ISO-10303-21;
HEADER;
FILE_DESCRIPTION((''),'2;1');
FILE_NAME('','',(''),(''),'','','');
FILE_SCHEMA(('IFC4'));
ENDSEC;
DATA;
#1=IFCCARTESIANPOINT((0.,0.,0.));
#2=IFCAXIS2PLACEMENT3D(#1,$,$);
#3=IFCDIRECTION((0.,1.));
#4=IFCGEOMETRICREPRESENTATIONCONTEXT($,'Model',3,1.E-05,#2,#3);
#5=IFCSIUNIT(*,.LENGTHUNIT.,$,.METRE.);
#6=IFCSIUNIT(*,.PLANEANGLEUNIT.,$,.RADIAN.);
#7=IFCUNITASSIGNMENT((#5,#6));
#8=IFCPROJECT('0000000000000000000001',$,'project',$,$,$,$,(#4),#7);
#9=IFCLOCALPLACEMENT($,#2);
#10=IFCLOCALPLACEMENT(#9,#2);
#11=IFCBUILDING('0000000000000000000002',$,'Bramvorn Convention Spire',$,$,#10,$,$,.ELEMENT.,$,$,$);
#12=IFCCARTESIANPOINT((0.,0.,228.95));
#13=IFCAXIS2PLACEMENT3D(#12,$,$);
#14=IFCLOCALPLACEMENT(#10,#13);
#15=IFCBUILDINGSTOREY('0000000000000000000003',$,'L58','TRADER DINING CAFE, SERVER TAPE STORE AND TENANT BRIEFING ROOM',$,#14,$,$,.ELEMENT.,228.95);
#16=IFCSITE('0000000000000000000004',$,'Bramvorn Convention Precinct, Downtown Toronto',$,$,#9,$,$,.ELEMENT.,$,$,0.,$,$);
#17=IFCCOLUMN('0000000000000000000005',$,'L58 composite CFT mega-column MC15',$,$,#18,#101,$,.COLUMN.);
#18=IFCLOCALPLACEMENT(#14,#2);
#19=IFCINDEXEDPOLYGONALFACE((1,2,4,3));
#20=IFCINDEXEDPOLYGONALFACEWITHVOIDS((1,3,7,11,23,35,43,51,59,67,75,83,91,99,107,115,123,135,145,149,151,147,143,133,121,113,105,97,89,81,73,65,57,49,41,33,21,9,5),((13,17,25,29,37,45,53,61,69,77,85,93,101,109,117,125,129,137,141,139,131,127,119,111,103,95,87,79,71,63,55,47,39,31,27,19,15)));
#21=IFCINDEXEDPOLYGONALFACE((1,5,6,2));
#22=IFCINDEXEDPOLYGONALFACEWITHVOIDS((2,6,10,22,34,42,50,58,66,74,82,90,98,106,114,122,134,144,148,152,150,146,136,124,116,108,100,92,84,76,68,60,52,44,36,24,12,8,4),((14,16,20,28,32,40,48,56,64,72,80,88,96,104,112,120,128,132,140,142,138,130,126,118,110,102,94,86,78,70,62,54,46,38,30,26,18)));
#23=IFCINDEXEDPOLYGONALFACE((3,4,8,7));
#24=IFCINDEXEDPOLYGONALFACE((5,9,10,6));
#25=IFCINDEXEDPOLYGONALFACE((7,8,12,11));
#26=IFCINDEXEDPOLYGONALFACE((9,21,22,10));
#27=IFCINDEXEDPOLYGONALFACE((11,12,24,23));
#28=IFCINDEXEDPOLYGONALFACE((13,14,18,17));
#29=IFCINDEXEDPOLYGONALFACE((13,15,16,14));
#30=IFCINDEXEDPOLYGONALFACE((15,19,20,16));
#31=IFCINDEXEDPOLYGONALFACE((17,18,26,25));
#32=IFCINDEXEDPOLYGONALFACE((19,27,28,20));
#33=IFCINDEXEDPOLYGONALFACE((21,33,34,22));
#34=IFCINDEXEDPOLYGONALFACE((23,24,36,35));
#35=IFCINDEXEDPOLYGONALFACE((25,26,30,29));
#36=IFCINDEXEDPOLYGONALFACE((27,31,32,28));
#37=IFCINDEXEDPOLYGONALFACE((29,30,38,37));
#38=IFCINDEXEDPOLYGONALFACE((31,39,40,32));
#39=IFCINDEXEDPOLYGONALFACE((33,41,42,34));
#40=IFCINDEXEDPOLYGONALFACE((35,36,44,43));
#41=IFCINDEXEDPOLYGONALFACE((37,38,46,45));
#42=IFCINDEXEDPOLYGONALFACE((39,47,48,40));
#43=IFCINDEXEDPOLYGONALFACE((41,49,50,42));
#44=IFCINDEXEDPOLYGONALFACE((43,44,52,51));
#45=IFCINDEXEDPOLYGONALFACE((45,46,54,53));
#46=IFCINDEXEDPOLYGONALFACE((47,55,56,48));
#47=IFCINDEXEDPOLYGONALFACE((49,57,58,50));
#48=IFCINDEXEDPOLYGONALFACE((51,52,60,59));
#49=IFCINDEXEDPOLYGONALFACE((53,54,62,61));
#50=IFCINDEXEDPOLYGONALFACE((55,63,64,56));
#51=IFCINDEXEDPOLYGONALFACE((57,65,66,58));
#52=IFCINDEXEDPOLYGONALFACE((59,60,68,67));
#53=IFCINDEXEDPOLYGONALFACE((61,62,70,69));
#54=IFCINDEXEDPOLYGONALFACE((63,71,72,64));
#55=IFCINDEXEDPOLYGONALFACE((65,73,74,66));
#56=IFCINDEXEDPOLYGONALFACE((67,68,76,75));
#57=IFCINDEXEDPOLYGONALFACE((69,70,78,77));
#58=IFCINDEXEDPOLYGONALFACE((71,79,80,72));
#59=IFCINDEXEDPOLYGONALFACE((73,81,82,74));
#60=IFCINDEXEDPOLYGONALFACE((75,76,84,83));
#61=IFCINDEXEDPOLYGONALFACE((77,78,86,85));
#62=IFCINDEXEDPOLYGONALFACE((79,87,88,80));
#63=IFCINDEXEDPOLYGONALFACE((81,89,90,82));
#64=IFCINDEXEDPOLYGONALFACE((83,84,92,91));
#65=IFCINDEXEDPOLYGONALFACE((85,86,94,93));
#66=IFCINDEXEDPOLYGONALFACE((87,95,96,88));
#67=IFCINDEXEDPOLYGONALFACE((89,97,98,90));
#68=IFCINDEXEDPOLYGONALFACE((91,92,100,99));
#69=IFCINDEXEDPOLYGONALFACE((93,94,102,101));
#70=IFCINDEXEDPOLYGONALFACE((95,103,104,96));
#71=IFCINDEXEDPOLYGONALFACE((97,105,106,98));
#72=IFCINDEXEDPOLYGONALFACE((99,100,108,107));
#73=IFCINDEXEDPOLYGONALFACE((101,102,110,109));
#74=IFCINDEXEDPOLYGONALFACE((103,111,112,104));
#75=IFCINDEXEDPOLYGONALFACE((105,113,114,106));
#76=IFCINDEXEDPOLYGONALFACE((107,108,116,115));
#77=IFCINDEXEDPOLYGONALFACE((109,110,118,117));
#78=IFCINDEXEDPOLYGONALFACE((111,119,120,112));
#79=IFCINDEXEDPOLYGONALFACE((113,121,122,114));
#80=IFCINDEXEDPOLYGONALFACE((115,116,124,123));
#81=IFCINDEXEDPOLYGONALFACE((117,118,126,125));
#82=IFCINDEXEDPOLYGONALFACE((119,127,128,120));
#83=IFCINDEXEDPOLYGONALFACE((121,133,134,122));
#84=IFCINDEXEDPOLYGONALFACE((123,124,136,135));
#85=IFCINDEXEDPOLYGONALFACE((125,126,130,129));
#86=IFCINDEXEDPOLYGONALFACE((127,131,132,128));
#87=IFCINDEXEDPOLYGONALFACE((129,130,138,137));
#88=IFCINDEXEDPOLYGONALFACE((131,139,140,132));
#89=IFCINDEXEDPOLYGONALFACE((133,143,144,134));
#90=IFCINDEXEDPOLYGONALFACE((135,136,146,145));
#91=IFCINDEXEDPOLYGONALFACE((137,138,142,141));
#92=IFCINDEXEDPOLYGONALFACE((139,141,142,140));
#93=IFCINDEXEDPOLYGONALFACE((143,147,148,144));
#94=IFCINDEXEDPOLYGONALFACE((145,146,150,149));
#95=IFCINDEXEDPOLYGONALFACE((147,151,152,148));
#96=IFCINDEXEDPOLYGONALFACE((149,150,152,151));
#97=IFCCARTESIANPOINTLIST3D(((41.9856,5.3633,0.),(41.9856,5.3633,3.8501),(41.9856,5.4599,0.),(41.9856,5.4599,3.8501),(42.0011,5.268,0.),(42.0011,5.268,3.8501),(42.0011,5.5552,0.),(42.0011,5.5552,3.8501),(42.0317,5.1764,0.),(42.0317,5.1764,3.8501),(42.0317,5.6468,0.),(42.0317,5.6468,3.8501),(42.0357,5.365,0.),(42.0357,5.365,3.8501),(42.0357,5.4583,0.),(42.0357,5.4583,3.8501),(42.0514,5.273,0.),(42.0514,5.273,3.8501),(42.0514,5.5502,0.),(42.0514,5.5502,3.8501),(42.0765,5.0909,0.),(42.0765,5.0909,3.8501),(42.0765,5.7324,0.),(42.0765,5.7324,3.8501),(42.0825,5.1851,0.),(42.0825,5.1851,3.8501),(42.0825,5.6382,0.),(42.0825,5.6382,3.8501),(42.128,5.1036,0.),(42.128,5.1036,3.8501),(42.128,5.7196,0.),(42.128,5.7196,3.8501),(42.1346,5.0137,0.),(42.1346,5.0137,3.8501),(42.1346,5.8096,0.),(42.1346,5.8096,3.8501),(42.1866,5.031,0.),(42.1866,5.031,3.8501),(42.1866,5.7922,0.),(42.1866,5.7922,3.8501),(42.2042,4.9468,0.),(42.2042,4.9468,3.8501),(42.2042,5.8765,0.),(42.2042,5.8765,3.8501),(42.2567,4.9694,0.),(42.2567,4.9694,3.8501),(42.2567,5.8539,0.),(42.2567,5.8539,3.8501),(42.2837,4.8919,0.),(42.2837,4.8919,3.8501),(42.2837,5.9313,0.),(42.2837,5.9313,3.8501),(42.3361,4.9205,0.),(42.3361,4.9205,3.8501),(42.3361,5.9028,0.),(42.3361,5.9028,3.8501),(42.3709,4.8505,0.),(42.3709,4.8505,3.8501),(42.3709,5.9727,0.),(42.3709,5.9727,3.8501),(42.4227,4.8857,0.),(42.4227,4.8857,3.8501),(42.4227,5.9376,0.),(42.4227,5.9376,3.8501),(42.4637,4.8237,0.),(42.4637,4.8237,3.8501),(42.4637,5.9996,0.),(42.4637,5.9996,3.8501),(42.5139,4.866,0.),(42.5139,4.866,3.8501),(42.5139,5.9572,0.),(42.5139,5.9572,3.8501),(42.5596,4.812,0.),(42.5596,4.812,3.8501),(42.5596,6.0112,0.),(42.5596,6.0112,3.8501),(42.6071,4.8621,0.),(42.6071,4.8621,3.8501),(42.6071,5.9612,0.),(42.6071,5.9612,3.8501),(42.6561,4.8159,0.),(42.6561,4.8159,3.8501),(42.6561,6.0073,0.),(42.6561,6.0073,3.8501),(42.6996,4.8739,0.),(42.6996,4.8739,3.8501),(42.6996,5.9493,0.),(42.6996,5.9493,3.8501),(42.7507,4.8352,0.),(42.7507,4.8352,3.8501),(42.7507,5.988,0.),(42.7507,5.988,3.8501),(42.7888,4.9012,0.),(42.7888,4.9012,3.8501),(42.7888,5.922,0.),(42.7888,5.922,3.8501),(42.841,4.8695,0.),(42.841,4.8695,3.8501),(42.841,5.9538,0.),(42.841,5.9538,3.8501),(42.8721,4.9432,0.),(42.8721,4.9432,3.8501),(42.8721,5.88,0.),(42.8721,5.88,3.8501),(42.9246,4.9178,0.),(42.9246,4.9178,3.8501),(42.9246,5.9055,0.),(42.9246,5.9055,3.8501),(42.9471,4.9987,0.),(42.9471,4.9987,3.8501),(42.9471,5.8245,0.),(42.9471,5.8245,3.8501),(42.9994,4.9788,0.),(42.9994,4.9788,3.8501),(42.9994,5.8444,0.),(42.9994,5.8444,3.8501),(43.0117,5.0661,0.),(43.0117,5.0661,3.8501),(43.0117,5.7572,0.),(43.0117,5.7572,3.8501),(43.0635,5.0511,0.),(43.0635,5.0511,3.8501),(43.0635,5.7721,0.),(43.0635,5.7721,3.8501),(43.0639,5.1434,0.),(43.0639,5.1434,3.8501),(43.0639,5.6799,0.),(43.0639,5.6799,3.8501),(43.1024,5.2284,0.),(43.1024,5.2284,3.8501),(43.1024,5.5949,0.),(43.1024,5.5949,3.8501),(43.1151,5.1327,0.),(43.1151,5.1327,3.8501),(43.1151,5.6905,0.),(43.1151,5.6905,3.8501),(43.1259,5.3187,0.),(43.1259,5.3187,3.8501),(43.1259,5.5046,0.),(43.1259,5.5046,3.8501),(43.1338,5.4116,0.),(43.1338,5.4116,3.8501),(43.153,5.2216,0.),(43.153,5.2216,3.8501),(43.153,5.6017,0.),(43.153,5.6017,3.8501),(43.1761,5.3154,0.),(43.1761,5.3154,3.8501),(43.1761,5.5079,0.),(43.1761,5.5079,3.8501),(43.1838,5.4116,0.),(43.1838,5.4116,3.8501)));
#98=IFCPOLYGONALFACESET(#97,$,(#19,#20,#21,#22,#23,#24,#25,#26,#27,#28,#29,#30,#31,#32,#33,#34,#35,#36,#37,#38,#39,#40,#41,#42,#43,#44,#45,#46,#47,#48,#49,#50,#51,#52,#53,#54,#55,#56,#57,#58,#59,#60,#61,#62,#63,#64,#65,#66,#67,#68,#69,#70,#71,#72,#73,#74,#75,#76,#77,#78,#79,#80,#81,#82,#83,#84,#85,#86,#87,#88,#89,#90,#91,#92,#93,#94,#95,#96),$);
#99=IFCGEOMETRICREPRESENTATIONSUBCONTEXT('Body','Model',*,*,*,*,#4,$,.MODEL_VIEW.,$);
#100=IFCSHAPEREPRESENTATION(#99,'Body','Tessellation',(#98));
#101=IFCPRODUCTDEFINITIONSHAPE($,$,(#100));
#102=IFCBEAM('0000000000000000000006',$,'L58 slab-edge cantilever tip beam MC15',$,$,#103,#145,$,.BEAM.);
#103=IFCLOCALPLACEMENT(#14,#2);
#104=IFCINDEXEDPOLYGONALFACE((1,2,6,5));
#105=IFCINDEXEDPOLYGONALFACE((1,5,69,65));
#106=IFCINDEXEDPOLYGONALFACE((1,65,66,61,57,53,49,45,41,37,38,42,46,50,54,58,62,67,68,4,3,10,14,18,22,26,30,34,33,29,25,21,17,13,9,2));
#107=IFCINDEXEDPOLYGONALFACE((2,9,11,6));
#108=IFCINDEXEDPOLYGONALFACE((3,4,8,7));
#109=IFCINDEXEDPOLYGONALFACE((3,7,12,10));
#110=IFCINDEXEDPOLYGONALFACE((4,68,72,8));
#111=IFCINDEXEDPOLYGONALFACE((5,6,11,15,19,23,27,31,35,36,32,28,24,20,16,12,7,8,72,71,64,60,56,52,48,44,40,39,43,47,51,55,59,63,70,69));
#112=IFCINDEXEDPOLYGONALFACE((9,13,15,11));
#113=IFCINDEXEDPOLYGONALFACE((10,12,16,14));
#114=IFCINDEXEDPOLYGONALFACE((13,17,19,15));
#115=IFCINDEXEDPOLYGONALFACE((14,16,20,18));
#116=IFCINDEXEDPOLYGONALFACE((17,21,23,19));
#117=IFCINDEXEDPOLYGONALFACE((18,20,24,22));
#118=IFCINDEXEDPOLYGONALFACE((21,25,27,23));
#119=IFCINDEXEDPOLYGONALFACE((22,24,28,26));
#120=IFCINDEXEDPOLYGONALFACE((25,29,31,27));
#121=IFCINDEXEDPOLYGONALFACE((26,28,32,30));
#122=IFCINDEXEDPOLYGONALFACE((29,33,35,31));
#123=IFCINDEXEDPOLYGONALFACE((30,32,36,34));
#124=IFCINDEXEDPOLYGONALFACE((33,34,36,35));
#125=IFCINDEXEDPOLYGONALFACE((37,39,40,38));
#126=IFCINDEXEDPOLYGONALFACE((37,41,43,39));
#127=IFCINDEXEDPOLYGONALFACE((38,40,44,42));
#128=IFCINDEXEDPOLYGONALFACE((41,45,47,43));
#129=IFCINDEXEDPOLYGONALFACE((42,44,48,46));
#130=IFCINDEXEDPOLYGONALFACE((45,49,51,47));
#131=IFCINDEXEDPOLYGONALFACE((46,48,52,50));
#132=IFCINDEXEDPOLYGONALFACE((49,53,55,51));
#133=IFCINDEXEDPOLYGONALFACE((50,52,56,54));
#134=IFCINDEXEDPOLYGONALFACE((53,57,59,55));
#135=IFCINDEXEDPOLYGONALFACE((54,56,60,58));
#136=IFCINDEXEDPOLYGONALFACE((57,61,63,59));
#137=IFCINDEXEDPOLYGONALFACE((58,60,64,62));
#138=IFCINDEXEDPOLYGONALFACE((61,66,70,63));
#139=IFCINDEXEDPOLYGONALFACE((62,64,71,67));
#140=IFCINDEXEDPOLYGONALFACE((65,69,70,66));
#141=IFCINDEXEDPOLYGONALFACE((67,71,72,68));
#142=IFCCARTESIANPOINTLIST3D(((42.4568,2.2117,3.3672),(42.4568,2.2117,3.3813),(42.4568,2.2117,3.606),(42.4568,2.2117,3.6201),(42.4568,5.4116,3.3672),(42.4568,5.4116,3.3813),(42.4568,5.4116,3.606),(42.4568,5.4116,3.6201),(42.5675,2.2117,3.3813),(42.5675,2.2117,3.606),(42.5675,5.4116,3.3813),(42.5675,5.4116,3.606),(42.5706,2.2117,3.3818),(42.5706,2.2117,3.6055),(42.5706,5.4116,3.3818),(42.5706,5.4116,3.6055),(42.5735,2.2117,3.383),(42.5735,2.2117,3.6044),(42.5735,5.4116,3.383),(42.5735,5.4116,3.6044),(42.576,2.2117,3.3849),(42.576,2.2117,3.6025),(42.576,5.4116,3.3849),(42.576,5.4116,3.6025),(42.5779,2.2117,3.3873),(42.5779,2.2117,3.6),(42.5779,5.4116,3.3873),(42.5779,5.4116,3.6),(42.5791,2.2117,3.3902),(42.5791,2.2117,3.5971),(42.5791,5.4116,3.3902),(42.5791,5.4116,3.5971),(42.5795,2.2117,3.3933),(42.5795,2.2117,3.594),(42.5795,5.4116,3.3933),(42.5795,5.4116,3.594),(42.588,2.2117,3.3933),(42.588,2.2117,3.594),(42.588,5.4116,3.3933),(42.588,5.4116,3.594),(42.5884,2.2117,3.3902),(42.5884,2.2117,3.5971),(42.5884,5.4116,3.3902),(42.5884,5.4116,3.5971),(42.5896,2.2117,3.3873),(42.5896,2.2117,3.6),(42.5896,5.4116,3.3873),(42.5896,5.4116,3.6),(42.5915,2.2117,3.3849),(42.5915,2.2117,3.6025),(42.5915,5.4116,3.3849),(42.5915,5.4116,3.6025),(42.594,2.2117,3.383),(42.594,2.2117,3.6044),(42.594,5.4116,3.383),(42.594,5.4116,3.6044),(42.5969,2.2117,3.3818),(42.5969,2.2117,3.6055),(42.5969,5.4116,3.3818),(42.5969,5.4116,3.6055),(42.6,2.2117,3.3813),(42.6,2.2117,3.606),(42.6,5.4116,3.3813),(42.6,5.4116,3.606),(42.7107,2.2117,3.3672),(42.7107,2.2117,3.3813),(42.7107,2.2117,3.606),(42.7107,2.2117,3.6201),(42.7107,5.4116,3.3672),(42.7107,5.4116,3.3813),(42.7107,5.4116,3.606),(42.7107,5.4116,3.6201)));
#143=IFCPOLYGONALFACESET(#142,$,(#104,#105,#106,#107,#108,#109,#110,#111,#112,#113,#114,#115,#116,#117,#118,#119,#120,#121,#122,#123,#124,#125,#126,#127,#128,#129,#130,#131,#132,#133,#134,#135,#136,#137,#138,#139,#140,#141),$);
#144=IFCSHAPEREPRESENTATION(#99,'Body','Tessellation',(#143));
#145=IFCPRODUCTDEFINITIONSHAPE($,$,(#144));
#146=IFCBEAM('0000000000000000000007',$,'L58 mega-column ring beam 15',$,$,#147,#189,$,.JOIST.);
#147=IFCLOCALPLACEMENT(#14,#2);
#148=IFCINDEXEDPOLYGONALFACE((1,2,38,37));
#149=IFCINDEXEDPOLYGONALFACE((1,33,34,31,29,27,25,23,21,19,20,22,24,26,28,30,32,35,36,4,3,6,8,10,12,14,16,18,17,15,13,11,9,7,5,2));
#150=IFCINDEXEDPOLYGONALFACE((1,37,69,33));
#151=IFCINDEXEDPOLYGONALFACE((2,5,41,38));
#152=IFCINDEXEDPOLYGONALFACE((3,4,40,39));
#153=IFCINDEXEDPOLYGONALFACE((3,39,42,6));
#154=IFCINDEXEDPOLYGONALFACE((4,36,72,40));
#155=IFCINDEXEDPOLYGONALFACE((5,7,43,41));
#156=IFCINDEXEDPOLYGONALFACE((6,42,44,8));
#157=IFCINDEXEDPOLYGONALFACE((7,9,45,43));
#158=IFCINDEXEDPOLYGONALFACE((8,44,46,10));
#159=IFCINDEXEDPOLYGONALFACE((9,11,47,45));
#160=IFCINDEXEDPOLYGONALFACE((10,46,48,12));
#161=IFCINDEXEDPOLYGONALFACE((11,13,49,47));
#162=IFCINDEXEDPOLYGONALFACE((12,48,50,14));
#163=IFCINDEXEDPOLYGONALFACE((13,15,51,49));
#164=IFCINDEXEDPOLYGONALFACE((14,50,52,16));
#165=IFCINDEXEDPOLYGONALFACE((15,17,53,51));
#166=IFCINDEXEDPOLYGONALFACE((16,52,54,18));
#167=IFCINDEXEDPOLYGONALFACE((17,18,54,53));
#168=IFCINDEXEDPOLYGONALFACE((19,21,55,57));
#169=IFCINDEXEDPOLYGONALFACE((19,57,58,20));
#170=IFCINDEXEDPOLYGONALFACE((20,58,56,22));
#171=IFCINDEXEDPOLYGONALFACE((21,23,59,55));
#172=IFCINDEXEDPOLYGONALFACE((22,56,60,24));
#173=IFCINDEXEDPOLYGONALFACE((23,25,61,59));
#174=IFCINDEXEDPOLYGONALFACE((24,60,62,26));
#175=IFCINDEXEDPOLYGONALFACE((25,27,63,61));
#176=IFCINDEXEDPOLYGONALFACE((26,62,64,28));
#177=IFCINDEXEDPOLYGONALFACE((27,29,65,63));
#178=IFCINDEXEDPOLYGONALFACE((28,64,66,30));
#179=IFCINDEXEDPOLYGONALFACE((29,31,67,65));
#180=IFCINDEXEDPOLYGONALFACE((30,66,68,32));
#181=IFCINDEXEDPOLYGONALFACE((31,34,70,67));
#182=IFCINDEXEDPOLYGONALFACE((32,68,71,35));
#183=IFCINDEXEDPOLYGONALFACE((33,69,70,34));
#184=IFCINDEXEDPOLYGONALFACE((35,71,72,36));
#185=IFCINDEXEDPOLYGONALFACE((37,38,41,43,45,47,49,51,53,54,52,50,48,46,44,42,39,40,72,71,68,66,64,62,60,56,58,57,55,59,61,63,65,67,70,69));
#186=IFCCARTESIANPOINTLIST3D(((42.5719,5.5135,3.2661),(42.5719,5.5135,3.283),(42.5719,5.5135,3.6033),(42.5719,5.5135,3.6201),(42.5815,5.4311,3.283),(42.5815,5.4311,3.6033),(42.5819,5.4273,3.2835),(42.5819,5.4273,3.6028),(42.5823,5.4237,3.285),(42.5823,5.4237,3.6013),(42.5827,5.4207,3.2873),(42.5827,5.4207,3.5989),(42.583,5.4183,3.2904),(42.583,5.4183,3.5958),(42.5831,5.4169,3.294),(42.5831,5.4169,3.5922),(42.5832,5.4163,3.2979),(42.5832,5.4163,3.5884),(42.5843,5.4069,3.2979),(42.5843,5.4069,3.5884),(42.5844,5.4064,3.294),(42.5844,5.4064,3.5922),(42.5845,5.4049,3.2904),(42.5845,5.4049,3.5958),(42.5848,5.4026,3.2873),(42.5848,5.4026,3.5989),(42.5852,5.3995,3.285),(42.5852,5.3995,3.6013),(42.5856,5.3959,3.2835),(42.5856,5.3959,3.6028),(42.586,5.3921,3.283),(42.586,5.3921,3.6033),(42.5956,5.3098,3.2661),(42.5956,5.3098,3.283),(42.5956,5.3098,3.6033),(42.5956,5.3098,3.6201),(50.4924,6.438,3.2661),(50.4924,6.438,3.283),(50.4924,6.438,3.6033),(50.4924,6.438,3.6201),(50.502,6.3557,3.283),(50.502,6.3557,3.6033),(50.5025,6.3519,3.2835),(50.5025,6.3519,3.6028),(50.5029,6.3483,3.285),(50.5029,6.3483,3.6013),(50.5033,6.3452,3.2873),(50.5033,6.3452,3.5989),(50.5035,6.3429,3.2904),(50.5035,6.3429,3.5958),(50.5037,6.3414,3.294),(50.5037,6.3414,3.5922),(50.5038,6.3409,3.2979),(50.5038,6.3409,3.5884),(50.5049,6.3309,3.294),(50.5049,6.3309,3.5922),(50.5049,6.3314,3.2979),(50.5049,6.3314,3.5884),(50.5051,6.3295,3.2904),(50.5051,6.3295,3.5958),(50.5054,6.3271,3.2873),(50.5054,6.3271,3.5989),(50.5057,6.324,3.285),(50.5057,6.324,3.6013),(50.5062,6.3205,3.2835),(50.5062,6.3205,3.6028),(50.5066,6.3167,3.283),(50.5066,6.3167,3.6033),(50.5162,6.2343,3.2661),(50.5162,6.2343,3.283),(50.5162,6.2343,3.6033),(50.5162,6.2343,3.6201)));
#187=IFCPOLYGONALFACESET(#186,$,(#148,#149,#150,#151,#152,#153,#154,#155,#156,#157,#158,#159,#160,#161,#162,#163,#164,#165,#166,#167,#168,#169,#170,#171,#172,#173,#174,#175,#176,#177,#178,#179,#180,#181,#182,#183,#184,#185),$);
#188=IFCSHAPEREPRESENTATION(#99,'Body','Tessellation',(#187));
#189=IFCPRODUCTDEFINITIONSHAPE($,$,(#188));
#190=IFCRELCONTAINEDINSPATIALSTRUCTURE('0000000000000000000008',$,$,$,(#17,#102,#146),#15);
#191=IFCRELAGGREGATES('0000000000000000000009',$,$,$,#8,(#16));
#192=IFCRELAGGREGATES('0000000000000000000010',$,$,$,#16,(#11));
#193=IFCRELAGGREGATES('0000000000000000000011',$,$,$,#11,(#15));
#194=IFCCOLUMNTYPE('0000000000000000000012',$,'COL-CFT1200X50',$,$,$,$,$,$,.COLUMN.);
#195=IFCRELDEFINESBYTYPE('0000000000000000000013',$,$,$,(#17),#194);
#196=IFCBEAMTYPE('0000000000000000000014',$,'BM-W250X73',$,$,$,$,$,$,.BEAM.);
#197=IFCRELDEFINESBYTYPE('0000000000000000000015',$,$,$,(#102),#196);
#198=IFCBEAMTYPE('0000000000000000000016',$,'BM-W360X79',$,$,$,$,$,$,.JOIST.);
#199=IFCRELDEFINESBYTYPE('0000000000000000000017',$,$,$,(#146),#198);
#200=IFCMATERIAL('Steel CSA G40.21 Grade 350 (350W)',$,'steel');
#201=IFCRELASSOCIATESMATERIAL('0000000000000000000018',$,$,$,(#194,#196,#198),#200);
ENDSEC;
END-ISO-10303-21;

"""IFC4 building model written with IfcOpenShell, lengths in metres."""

from ifc_helpers import new_model, si_unit, direction, frame, origin, origin_2d, place, context, subcontext, project, spatial, hollow_circle, i_section, extrude, material, material_profile, profile_set, type_object, element, save


model = new_model("IFC4")

# Units and contexts
model_context = context("Model", 3, precision=1e-05, world=origin(), true_north=direction((0.0, 1.0)))
body_context = subcontext(model_context, "Body", "Model", "MODEL_VIEW")
ifc_project = project(units=[si_unit("LENGTHUNIT", "METRE"), si_unit("PLANEANGLEUNIT", "RADIAN")], contexts=[model_context])

# Site, building, storey
site_placement = place(None, origin())
site = spatial("IfcSite", under=ifc_project, at=site_placement, Name="Bramvorn Convention Precinct, Downtown Toronto", CompositionType="ELEMENT", RefElevation=0.0)
building_placement = place(site_placement, origin())
building = spatial("IfcBuilding", under=site, at=building_placement, Name="Bramvorn Convention Spire", CompositionType="ELEMENT")
storey_placement = place(building_placement, frame((0.0, 0.0, 228.95)))
storey = spatial("IfcBuildingStorey", under=building, at=storey_placement, Name="L58", Description="TRADER DINING CAFE, SERVER TAPE STORE AND TENANT BRIEFING ROOM", CompositionType="ELEMENT", Elevation=228.95)

# Column
ifc_material_1 = material(Name="Steel CSA G40.21 Grade 350 (350W)", Category="steel")
ifc_material_profile_1 = material_profile(ifc_material_1, hollow_circle(Radius=0.6001, WallThickness=0.05, at=origin_2d()))
ifc_profile_set_1 = profile_set([ifc_material_profile_1], Name="Steel CSA G40.21 Grade 350 (350W) - CFT1200X50")
column_type = type_object("IfcColumnType", Name="COL-CFT1200X50", PredefinedType="COLUMN", material=ifc_profile_set_1)
column_placement = place(storey_placement, frame((42.5837, 5.4116, 0.0), z_axis=(0.0, 0.0, 1.0), x_axis=(1.0, 0.0, 0.0)))
element("IfcColumn", 1, at=column_placement, inside=storey, type_object=column_type, Name="L58 composite CFT mega-column MC15", PredefinedType="COLUMN", context=body_context, shape_type="SweptSolid", body=[
    extrude(hollow_circle(Radius=0.6001, WallThickness=0.05, at=origin_2d()), origin(), (0.0, 0.0, 1.0), 3.8501),
])

# Beams
ifc_material_profile_2 = material_profile(ifc_material_1, i_section(OverallWidth=0.2539, OverallDepth=0.2529, WebThickness=0.0085, FlangeThickness=0.0142, FilletRadius=0.012, at=origin_2d()))
ifc_profile_set_2 = profile_set([ifc_material_profile_2], Name="Steel CSA G40.21 Grade 350 (350W) - W250X73")
beam_type_1 = type_object("IfcBeamType", Name="BM-W250X73", PredefinedType="BEAM", material=ifc_profile_set_2)
beam_1_placement = place(storey_placement, frame((42.5837, 5.4116, 3.4937), z_axis=(0.0, -1.0, 0.0), x_axis=(1.0, 0.0, 0.0)))
element("IfcBeam", 2, at=beam_1_placement, inside=storey, type_object=beam_type_1, Name="L58 slab-edge cantilever tip beam MC15", PredefinedType="BEAM", context=body_context, shape_type="SweptSolid", body=[
    extrude(i_section(OverallWidth=0.2539, OverallDepth=0.2529, WebThickness=0.0085, FlangeThickness=0.0142, FilletRadius=0.012, at=origin_2d()), origin(), (0.0, 0.0, 1.0), 3.2),
])
ifc_material_profile_3 = material_profile(ifc_material_1, i_section(OverallWidth=0.2051, OverallDepth=0.354, WebThickness=0.0095, FlangeThickness=0.0168, FilletRadius=0.0149, at=origin_2d()))
ifc_profile_set_3 = profile_set([ifc_material_profile_3], Name="Steel CSA G40.21 Grade 350 (350W) - W360X79")
beam_type_2 = type_object("IfcBeamType", Name="BM-W360X79", PredefinedType="JOIST", material=ifc_profile_set_3)
beam_2_placement = place(storey_placement, frame((42.5837, 5.4116, 3.4431), z_axis=(0.993256, 0.115941, 0.0), x_axis=(-0.115941, 0.993256, 0.0)))
element("IfcBeam", 3, at=beam_2_placement, inside=storey, type_object=beam_type_2, Name="L58 mega-column ring beam 15", PredefinedType="JOIST", context=body_context, shape_type="SweptSolid", body=[
    extrude(i_section(OverallWidth=0.2051, OverallDepth=0.354, WebThickness=0.0095, FlangeThickness=0.0168, FilletRadius=0.0149, at=origin_2d()), origin(), (0.0, 0.0, 1.0), 7.9744),
])

save(model, "model.ifc")
